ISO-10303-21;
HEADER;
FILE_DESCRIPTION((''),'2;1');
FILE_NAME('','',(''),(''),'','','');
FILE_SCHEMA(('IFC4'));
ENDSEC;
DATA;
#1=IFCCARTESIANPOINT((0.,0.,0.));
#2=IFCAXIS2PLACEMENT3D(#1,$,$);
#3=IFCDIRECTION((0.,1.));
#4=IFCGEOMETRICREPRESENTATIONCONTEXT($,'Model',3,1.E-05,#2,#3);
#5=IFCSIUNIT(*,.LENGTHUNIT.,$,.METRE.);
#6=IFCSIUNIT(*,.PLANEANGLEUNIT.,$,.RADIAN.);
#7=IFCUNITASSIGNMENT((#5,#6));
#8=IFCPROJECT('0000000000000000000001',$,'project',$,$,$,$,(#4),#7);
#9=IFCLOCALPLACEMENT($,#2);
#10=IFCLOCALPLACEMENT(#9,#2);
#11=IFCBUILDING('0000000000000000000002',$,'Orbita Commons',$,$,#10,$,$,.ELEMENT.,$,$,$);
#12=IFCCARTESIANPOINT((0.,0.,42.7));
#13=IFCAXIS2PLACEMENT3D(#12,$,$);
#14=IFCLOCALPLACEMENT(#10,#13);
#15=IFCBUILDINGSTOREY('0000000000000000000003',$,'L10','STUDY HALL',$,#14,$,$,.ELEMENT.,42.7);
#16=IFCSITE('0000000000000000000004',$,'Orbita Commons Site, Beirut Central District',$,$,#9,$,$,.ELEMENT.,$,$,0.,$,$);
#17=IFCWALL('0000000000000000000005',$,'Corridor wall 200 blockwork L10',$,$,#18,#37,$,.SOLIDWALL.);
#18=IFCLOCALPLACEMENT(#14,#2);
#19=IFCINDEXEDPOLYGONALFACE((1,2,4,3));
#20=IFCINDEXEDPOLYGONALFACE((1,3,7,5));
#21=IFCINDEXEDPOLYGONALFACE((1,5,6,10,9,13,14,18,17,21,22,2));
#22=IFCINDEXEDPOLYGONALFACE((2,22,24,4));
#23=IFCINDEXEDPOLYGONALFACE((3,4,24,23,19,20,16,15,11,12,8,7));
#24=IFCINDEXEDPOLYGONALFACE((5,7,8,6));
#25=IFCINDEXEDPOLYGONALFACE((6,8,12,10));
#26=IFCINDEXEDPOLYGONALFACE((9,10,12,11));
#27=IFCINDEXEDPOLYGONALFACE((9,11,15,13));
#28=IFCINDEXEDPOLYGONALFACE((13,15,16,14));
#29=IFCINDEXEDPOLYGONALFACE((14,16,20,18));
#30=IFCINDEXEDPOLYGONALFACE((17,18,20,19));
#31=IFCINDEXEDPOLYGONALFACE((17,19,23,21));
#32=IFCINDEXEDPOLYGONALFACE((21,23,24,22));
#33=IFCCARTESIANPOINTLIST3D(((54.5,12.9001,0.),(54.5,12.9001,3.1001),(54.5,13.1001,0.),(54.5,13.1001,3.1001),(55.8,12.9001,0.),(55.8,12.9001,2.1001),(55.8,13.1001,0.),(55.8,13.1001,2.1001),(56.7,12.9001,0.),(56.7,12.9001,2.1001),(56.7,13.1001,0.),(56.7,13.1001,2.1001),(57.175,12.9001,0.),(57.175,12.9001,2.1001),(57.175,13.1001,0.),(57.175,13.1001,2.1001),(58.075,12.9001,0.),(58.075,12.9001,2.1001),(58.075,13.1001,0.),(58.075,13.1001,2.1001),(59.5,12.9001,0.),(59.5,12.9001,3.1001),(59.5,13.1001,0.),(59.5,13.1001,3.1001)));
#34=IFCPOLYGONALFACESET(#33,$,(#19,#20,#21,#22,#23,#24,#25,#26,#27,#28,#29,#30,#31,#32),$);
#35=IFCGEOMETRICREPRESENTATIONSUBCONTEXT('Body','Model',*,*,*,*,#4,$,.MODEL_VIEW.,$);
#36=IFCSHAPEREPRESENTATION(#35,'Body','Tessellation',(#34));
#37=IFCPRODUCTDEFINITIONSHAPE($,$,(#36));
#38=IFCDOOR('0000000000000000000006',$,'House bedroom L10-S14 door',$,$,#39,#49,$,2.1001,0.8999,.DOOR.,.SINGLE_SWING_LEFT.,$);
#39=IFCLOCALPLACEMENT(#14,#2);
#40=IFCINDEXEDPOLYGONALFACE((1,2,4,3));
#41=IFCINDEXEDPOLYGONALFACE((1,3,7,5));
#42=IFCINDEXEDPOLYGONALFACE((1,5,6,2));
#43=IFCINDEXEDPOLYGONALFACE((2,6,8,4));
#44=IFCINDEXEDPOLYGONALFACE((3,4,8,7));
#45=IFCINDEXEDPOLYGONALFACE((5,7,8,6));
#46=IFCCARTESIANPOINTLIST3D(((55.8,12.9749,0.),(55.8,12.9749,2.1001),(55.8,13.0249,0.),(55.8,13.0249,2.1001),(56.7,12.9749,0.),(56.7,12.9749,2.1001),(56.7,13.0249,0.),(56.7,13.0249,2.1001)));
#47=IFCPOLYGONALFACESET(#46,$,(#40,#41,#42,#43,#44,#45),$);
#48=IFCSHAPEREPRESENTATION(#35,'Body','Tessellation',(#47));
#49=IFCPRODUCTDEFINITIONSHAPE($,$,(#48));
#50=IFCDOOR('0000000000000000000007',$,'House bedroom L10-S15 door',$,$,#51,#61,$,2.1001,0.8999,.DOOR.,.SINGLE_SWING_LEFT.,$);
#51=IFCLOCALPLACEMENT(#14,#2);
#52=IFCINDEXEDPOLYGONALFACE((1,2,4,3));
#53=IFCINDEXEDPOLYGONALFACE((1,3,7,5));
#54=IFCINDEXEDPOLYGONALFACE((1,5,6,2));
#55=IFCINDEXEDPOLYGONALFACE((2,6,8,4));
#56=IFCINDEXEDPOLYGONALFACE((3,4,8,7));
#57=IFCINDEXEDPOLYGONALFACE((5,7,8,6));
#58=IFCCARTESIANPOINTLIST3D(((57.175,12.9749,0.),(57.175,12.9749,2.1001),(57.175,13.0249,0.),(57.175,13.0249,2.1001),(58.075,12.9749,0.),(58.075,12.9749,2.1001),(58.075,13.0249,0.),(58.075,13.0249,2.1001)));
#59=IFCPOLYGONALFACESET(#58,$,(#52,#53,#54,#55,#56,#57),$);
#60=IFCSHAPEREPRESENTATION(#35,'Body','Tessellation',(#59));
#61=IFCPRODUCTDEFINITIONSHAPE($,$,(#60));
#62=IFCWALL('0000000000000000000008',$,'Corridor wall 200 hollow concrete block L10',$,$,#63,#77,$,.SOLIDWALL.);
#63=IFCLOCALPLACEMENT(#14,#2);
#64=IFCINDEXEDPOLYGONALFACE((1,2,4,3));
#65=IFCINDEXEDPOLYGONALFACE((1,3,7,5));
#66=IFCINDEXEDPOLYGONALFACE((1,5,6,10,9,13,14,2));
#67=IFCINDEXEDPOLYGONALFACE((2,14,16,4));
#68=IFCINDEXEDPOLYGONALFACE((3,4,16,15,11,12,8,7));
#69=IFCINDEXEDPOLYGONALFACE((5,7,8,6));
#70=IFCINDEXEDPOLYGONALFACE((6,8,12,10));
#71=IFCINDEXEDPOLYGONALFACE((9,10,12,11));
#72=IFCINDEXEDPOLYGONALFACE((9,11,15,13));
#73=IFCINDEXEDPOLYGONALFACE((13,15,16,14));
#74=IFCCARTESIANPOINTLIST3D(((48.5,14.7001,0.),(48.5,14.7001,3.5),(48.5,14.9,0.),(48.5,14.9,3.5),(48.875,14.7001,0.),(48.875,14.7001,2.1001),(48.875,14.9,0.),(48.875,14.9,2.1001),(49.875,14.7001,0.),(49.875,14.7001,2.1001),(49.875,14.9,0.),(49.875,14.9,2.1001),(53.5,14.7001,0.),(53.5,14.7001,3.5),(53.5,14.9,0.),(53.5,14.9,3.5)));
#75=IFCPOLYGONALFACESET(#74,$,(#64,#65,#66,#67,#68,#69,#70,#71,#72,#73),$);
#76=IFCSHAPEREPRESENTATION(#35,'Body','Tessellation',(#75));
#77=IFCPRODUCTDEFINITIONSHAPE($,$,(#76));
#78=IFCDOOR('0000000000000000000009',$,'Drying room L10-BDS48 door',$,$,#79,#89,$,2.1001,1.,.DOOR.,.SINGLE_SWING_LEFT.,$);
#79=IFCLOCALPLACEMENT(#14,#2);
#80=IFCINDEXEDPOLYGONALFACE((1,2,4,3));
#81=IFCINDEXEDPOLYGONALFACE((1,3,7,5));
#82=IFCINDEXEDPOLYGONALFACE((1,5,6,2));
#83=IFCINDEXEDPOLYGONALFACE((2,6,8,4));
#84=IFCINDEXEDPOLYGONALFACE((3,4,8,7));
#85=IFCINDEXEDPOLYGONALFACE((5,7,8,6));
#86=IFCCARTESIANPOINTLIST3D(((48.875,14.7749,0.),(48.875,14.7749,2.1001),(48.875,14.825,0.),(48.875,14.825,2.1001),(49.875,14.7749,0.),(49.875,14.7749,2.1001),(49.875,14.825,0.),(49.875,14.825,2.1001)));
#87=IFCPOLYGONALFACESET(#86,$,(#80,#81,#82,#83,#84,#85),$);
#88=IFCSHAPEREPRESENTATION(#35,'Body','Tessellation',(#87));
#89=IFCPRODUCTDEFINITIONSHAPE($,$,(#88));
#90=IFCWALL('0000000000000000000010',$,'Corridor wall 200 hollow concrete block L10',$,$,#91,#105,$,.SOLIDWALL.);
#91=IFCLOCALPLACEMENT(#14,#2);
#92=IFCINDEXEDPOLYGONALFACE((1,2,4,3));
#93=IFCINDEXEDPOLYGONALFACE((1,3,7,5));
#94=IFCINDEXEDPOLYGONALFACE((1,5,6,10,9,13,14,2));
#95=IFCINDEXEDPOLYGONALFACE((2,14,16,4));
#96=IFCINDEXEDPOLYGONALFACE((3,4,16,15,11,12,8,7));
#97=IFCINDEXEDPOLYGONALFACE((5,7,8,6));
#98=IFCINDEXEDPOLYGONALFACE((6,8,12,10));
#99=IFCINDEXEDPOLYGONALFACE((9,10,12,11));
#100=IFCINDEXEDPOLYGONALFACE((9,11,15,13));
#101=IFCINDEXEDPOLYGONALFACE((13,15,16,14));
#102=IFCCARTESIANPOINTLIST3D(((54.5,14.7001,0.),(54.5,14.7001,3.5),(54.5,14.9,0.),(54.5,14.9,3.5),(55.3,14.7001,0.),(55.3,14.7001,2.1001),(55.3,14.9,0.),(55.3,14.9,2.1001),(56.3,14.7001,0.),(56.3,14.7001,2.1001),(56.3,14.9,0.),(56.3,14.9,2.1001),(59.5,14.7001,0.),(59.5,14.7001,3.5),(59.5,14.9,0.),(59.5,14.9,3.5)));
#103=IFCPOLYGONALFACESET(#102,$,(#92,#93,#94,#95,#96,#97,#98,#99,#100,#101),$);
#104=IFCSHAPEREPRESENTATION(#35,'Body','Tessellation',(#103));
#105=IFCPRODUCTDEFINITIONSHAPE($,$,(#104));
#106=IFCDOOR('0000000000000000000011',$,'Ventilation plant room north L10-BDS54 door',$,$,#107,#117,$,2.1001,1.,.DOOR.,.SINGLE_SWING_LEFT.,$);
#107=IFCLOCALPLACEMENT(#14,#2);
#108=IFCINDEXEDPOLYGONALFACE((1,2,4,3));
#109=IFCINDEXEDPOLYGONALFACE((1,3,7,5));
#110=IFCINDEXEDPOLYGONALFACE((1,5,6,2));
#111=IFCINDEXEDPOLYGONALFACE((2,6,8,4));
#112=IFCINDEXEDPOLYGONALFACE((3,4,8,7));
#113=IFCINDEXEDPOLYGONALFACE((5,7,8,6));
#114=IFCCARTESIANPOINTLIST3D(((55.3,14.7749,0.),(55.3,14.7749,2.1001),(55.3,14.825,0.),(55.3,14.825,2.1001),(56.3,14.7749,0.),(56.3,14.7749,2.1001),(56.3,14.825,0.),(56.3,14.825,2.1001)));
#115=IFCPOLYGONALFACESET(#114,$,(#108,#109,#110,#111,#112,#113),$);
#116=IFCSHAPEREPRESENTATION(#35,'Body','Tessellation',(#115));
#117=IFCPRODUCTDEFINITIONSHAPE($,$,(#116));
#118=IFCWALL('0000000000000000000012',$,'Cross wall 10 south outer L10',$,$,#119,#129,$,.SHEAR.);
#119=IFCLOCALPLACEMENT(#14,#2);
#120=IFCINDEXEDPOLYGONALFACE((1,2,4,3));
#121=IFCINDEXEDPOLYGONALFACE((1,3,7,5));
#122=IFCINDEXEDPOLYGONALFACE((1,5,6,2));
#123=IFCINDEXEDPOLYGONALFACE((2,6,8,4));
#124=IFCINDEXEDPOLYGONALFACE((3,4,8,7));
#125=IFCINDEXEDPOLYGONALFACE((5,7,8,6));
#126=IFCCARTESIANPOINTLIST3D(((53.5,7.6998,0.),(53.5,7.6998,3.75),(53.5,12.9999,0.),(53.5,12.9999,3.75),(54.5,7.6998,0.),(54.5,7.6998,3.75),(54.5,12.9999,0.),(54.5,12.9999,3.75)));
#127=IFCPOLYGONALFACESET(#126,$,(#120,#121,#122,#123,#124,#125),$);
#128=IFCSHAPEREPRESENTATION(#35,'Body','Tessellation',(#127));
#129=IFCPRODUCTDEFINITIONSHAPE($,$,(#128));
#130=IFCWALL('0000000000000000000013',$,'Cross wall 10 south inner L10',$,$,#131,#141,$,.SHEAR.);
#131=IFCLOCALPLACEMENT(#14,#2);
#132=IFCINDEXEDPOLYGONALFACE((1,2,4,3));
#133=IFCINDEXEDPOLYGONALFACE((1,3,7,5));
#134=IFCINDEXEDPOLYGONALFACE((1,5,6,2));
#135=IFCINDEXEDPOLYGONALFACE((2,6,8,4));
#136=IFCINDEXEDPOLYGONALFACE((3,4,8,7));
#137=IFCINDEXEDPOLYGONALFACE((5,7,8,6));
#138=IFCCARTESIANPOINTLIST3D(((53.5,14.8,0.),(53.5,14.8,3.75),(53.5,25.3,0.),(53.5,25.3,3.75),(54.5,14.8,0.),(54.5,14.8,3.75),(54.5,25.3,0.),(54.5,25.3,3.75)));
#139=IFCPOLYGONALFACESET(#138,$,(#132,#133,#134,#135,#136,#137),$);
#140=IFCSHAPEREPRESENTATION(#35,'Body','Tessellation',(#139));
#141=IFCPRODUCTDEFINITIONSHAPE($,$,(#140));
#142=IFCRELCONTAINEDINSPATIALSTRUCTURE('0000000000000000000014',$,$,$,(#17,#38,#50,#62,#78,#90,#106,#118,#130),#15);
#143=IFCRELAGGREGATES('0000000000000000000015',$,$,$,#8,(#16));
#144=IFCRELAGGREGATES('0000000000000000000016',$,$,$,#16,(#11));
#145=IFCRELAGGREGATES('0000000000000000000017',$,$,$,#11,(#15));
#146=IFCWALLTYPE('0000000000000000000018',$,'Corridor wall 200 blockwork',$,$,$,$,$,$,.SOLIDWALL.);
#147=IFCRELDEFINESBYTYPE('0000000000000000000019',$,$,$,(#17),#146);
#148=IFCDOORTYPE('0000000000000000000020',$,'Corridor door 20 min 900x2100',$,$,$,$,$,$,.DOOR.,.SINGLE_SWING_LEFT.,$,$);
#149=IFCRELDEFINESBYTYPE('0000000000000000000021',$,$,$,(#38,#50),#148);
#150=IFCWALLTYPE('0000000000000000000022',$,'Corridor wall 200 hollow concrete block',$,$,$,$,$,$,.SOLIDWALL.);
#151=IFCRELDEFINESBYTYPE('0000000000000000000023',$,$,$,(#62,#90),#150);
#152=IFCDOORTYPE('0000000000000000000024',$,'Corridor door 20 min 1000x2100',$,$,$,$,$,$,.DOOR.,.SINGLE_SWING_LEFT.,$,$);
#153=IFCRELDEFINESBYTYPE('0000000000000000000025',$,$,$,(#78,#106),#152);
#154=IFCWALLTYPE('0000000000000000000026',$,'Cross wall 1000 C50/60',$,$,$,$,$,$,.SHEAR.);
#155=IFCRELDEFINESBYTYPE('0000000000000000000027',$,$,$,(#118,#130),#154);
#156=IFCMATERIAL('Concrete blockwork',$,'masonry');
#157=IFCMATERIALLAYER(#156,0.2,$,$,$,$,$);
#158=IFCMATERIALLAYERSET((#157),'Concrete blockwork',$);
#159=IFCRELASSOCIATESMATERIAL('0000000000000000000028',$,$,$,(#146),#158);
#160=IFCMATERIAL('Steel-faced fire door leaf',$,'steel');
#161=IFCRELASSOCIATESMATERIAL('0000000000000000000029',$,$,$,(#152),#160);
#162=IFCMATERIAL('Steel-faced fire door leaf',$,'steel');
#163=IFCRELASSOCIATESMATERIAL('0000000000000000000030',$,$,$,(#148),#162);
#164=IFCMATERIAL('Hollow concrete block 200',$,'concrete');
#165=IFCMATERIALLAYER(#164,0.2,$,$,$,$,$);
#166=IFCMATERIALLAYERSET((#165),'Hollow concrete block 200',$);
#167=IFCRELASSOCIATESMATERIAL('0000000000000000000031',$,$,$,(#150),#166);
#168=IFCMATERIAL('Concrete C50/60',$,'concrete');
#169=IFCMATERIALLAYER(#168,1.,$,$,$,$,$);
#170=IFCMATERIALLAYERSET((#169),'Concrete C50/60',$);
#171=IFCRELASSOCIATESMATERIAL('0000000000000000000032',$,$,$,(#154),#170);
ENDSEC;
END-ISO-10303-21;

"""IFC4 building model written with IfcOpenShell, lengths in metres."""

from ifc_helpers import new_model, si_unit, direction, frame, frame_2d, origin, place, context, subcontext, project, spatial, polyline, rectangle, outline, extrude, material, layer, layer_set, type_object, element, fill, save


model = new_model("IFC4")

# Units and contexts
model_context = context("Model", 3, precision=1e-05, world=origin(), true_north=direction((0.0, 1.0)))
body_context = subcontext(model_context, "Body", "Model", "MODEL_VIEW")
ifc_project = project(units=[si_unit("LENGTHUNIT", "METRE"), si_unit("PLANEANGLEUNIT", "RADIAN")], contexts=[model_context])

# Site, building, storey
site_placement = place(None, origin())
site = spatial("IfcSite", under=ifc_project, at=site_placement, Name="Orbita Commons Site, Beirut Central District", CompositionType="ELEMENT", RefElevation=0.0)
building_placement = place(site_placement, origin())
building = spatial("IfcBuilding", under=site, at=building_placement, Name="Orbita Commons", CompositionType="ELEMENT")
storey_placement = place(building_placement, frame((0.0, 0.0, 42.7)))
storey = spatial("IfcBuildingStorey", under=building, at=storey_placement, Name="L10", Description="STUDY HALL", CompositionType="ELEMENT", Elevation=42.7)

# Shared definitions
ifc_material_1 = material(Name="Concrete blockwork", Category="masonry")
ifc_layer_1 = layer(ifc_material_1, 0.2)
ifc_layer_set_1 = layer_set([ifc_layer_1], Name="Concrete blockwork")
wall_type_1 = type_object("IfcWallType", Name="Corridor wall 200 blockwork", PredefinedType="SOLIDWALL", material=ifc_layer_set_1)
ifc_material_2 = material(Name="Steel-faced fire door leaf", Category="steel")
door_type_1 = type_object("IfcDoorType", Name="Corridor door 20 min 1000x2100", OperationType="SINGLE_SWING_LEFT", PredefinedType="DOOR", material=ifc_material_2)

# Wall, openings, doors
wall_1_placement = place(storey_placement, frame((54.5, 13.0, 0.0), z_axis=(0.0, 0.0, 1.0), x_axis=(1.0, 0.0, 0.0)))
wall_1 = element("IfcWall", 1, at=wall_1_placement, inside=storey, type_object=wall_type_1, Name="Corridor wall 200 blockwork L10", PredefinedType="SOLIDWALL", context=body_context, shape_type="SweptSolid", body=[
    extrude(outline(polyline([(0.0, 0.0), (5.0, 0.0), (5.0, 3.1001), (0.0, 3.1001), (0.0, 0.0)])), frame((0.0, 0.1001, 0.0), z_axis=(0.0, -1.0, 0.0), x_axis=(1.0, 0.0, 0.0)), (0.0, 0.0, 1.0), 0.2),
])
opening_1_placement = place(wall_1_placement, frame((1.3, 0.0, 0.0)))
opening_1 = element("IfcOpeningElement", 2, at=opening_1_placement, cuts=wall_1, PredefinedType="OPENING", context=body_context, shape_type="SweptSolid", body=[
    extrude(rectangle(XDim=0.8999, YDim=2.1001, at=frame_2d((0.45, 1.05))), frame((0.0, 0.1099, 0.0), z_axis=(0.0, -1.0, 0.0), x_axis=(1.0, 0.0, 0.0)), (0.0, 0.0, 1.0), 0.22),
])
opening_2_placement = place(wall_1_placement, frame((2.675, 0.0, 0.0)))
opening_2 = element("IfcOpeningElement", 3, at=opening_2_placement, cuts=wall_1, PredefinedType="OPENING", context=body_context, shape_type="SweptSolid", body=[
    extrude(rectangle(XDim=0.8999, YDim=2.1001, at=frame_2d((0.45, 1.05))), frame((0.0, 0.1099, 0.0), z_axis=(0.0, -1.0, 0.0), x_axis=(1.0, 0.0, 0.0)), (0.0, 0.0, 1.0), 0.22),
])
ifc_material_3 = material(Name="Steel-faced fire door leaf", Category="steel")
door_type_2 = type_object("IfcDoorType", Name="Corridor door 20 min 900x2100", OperationType="SINGLE_SWING_LEFT", PredefinedType="DOOR", material=ifc_material_3)
door_1_placement = place(opening_1_placement, origin())
door_1 = element("IfcDoor", 4, at=door_1_placement, inside=storey, type_object=door_type_2, Name="House bedroom L10-S14 door", OperationType="SINGLE_SWING_LEFT", OverallHeight=2.1001, OverallWidth=0.8999, PredefinedType="DOOR", context=body_context, shape_type="SweptSolid", body=[
    extrude(rectangle(XDim=0.8999, YDim=2.1001, at=frame_2d((0.45, 1.05))), frame((0.0, 0.0249, 0.0), z_axis=(0.0, -1.0, 0.0), x_axis=(1.0, 0.0, 0.0)), (0.0, 0.0, 1.0), 0.05),
])
fill(opening_1, door_1)
door_2_placement = place(opening_2_placement, origin())
door_2 = element("IfcDoor", 5, at=door_2_placement, inside=storey, type_object=door_type_2, Name="House bedroom L10-S15 door", OperationType="SINGLE_SWING_LEFT", OverallHeight=2.1001, OverallWidth=0.8999, PredefinedType="DOOR", context=body_context, shape_type="SweptSolid", body=[
    extrude(rectangle(XDim=0.8999, YDim=2.1001, at=frame_2d((0.45, 1.05))), frame((0.0, 0.0249, 0.0), z_axis=(0.0, -1.0, 0.0), x_axis=(1.0, 0.0, 0.0)), (0.0, 0.0, 1.0), 0.05),
])
fill(opening_2, door_2)

# Walls, openings, doors
ifc_material_4 = material(Name="Hollow concrete block 200", Category="concrete")
ifc_layer_2 = layer(ifc_material_4, 0.2)
ifc_layer_set_2 = layer_set([ifc_layer_2], Name="Hollow concrete block 200")
wall_type_2 = type_object("IfcWallType", Name="Corridor wall 200 hollow concrete block", PredefinedType="SOLIDWALL", material=ifc_layer_set_2)
wall_2_placement = place(storey_placement, frame((48.5, 14.8, 0.0), z_axis=(0.0, 0.0, 1.0), x_axis=(1.0, 0.0, 0.0)))
wall_2 = element("IfcWall", 6, at=wall_2_placement, inside=storey, type_object=wall_type_2, Name="Corridor wall 200 hollow concrete block L10", PredefinedType="SOLIDWALL", context=body_context, shape_type="SweptSolid", body=[
    extrude(rectangle(XDim=5.0, YDim=0.2, at=frame_2d((2.5, 0.0))), origin(), (0.0, 0.0, 1.0), 3.5),
])
opening_3_placement = place(wall_2_placement, frame((0.375, 0.0, 0.0)))
opening_3 = element("IfcOpeningElement", 7, at=opening_3_placement, cuts=wall_2, PredefinedType="OPENING", context=body_context, shape_type="SweptSolid", body=[
    extrude(rectangle(XDim=1.0, YDim=2.1001, at=frame_2d((0.5, 1.05))), frame((0.0, 0.1099, 0.0), z_axis=(0.0, -1.0, 0.0), x_axis=(1.0, 0.0, 0.0)), (0.0, 0.0, 1.0), 0.22),
])
door_3_placement = place(opening_3_placement, origin())
door_3 = element("IfcDoor", 8, at=door_3_placement, inside=storey, type_object=door_type_1, Name="Drying room L10-BDS48 door", OperationType="SINGLE_SWING_LEFT", OverallHeight=2.1001, OverallWidth=1.0, PredefinedType="DOOR", context=body_context, shape_type="SweptSolid", body=[
    extrude(rectangle(XDim=1.0, YDim=2.1001, at=frame_2d((0.5, 1.05))), frame((0.0, 0.0249, 0.0), z_axis=(0.0, -1.0, 0.0), x_axis=(1.0, 0.0, 0.0)), (0.0, 0.0, 1.0), 0.05),
])
fill(opening_3, door_3)
wall_3_placement = place(storey_placement, frame((54.5, 14.8, 0.0), z_axis=(0.0, 0.0, 1.0), x_axis=(1.0, 0.0, 0.0)))
wall_3 = element("IfcWall", 9, at=wall_3_placement, inside=storey, type_object=wall_type_2, Name="Corridor wall 200 hollow concrete block L10", PredefinedType="SOLIDWALL", context=body_context, shape_type="SweptSolid", body=[
    extrude(rectangle(XDim=5.0, YDim=0.2, at=frame_2d((2.5, 0.0))), origin(), (0.0, 0.0, 1.0), 3.5),
])
opening_4_placement = place(wall_3_placement, frame((0.8, 0.0, 0.0)))
opening_4 = element("IfcOpeningElement", 10, at=opening_4_placement, cuts=wall_3, PredefinedType="OPENING", context=body_context, shape_type="SweptSolid", body=[
    extrude(rectangle(XDim=1.0, YDim=2.1001, at=frame_2d((0.5, 1.05))), frame((0.0, 0.1099, 0.0), z_axis=(0.0, -1.0, 0.0), x_axis=(1.0, 0.0, 0.0)), (0.0, 0.0, 1.0), 0.22),
])
door_4_placement = place(opening_4_placement, origin())
door_4 = element("IfcDoor", 11, at=door_4_placement, inside=storey, type_object=door_type_1, Name="Ventilation plant room north L10-BDS54 door", OperationType="SINGLE_SWING_LEFT", OverallHeight=2.1001, OverallWidth=1.0, PredefinedType="DOOR", context=body_context, shape_type="SweptSolid", body=[
    extrude(rectangle(XDim=1.0, YDim=2.1001, at=frame_2d((0.5, 1.05))), frame((0.0, 0.0249, 0.0), z_axis=(0.0, -1.0, 0.0), x_axis=(1.0, 0.0, 0.0)), (0.0, 0.0, 1.0), 0.05),
])
fill(opening_4, door_4)

# Walls
ifc_material_5 = material(Name="Concrete C50/60", Category="concrete")
ifc_layer_3 = layer(ifc_material_5, 1.0)
ifc_layer_set_3 = layer_set([ifc_layer_3], Name="Concrete C50/60")
wall_type_3 = type_object("IfcWallType", Name="Cross wall 1000 C50/60", PredefinedType="SHEAR", material=ifc_layer_set_3)
wall_4_placement = place(storey_placement, frame((54.0, 7.7, 0.0), z_axis=(0.0, 0.0, 1.0), x_axis=(0.0, 1.0, 0.0)))
element("IfcWall", 12, at=wall_4_placement, inside=storey, type_object=wall_type_3, Name="Cross wall 10 south outer L10", PredefinedType="SHEAR", context=body_context, shape_type="SweptSolid", body=[
    extrude(rectangle(XDim=5.3, YDim=1.0, at=frame_2d((2.6499, 0.0))), origin(), (0.0, 0.0, 1.0), 3.75),
])
wall_5_placement = place(storey_placement, frame((54.0, 14.8, 0.0), z_axis=(0.0, 0.0, 1.0), x_axis=(0.0, 1.0, 0.0)))
element("IfcWall", 13, at=wall_5_placement, inside=storey, type_object=wall_type_3, Name="Cross wall 10 south inner L10", PredefinedType="SHEAR", context=body_context, shape_type="SweptSolid", body=[
    extrude(rectangle(XDim=10.5, YDim=1.0, at=frame_2d((5.25, 0.0))), origin(), (0.0, 0.0, 1.0), 3.75),
])

save(model, "model.ifc")
